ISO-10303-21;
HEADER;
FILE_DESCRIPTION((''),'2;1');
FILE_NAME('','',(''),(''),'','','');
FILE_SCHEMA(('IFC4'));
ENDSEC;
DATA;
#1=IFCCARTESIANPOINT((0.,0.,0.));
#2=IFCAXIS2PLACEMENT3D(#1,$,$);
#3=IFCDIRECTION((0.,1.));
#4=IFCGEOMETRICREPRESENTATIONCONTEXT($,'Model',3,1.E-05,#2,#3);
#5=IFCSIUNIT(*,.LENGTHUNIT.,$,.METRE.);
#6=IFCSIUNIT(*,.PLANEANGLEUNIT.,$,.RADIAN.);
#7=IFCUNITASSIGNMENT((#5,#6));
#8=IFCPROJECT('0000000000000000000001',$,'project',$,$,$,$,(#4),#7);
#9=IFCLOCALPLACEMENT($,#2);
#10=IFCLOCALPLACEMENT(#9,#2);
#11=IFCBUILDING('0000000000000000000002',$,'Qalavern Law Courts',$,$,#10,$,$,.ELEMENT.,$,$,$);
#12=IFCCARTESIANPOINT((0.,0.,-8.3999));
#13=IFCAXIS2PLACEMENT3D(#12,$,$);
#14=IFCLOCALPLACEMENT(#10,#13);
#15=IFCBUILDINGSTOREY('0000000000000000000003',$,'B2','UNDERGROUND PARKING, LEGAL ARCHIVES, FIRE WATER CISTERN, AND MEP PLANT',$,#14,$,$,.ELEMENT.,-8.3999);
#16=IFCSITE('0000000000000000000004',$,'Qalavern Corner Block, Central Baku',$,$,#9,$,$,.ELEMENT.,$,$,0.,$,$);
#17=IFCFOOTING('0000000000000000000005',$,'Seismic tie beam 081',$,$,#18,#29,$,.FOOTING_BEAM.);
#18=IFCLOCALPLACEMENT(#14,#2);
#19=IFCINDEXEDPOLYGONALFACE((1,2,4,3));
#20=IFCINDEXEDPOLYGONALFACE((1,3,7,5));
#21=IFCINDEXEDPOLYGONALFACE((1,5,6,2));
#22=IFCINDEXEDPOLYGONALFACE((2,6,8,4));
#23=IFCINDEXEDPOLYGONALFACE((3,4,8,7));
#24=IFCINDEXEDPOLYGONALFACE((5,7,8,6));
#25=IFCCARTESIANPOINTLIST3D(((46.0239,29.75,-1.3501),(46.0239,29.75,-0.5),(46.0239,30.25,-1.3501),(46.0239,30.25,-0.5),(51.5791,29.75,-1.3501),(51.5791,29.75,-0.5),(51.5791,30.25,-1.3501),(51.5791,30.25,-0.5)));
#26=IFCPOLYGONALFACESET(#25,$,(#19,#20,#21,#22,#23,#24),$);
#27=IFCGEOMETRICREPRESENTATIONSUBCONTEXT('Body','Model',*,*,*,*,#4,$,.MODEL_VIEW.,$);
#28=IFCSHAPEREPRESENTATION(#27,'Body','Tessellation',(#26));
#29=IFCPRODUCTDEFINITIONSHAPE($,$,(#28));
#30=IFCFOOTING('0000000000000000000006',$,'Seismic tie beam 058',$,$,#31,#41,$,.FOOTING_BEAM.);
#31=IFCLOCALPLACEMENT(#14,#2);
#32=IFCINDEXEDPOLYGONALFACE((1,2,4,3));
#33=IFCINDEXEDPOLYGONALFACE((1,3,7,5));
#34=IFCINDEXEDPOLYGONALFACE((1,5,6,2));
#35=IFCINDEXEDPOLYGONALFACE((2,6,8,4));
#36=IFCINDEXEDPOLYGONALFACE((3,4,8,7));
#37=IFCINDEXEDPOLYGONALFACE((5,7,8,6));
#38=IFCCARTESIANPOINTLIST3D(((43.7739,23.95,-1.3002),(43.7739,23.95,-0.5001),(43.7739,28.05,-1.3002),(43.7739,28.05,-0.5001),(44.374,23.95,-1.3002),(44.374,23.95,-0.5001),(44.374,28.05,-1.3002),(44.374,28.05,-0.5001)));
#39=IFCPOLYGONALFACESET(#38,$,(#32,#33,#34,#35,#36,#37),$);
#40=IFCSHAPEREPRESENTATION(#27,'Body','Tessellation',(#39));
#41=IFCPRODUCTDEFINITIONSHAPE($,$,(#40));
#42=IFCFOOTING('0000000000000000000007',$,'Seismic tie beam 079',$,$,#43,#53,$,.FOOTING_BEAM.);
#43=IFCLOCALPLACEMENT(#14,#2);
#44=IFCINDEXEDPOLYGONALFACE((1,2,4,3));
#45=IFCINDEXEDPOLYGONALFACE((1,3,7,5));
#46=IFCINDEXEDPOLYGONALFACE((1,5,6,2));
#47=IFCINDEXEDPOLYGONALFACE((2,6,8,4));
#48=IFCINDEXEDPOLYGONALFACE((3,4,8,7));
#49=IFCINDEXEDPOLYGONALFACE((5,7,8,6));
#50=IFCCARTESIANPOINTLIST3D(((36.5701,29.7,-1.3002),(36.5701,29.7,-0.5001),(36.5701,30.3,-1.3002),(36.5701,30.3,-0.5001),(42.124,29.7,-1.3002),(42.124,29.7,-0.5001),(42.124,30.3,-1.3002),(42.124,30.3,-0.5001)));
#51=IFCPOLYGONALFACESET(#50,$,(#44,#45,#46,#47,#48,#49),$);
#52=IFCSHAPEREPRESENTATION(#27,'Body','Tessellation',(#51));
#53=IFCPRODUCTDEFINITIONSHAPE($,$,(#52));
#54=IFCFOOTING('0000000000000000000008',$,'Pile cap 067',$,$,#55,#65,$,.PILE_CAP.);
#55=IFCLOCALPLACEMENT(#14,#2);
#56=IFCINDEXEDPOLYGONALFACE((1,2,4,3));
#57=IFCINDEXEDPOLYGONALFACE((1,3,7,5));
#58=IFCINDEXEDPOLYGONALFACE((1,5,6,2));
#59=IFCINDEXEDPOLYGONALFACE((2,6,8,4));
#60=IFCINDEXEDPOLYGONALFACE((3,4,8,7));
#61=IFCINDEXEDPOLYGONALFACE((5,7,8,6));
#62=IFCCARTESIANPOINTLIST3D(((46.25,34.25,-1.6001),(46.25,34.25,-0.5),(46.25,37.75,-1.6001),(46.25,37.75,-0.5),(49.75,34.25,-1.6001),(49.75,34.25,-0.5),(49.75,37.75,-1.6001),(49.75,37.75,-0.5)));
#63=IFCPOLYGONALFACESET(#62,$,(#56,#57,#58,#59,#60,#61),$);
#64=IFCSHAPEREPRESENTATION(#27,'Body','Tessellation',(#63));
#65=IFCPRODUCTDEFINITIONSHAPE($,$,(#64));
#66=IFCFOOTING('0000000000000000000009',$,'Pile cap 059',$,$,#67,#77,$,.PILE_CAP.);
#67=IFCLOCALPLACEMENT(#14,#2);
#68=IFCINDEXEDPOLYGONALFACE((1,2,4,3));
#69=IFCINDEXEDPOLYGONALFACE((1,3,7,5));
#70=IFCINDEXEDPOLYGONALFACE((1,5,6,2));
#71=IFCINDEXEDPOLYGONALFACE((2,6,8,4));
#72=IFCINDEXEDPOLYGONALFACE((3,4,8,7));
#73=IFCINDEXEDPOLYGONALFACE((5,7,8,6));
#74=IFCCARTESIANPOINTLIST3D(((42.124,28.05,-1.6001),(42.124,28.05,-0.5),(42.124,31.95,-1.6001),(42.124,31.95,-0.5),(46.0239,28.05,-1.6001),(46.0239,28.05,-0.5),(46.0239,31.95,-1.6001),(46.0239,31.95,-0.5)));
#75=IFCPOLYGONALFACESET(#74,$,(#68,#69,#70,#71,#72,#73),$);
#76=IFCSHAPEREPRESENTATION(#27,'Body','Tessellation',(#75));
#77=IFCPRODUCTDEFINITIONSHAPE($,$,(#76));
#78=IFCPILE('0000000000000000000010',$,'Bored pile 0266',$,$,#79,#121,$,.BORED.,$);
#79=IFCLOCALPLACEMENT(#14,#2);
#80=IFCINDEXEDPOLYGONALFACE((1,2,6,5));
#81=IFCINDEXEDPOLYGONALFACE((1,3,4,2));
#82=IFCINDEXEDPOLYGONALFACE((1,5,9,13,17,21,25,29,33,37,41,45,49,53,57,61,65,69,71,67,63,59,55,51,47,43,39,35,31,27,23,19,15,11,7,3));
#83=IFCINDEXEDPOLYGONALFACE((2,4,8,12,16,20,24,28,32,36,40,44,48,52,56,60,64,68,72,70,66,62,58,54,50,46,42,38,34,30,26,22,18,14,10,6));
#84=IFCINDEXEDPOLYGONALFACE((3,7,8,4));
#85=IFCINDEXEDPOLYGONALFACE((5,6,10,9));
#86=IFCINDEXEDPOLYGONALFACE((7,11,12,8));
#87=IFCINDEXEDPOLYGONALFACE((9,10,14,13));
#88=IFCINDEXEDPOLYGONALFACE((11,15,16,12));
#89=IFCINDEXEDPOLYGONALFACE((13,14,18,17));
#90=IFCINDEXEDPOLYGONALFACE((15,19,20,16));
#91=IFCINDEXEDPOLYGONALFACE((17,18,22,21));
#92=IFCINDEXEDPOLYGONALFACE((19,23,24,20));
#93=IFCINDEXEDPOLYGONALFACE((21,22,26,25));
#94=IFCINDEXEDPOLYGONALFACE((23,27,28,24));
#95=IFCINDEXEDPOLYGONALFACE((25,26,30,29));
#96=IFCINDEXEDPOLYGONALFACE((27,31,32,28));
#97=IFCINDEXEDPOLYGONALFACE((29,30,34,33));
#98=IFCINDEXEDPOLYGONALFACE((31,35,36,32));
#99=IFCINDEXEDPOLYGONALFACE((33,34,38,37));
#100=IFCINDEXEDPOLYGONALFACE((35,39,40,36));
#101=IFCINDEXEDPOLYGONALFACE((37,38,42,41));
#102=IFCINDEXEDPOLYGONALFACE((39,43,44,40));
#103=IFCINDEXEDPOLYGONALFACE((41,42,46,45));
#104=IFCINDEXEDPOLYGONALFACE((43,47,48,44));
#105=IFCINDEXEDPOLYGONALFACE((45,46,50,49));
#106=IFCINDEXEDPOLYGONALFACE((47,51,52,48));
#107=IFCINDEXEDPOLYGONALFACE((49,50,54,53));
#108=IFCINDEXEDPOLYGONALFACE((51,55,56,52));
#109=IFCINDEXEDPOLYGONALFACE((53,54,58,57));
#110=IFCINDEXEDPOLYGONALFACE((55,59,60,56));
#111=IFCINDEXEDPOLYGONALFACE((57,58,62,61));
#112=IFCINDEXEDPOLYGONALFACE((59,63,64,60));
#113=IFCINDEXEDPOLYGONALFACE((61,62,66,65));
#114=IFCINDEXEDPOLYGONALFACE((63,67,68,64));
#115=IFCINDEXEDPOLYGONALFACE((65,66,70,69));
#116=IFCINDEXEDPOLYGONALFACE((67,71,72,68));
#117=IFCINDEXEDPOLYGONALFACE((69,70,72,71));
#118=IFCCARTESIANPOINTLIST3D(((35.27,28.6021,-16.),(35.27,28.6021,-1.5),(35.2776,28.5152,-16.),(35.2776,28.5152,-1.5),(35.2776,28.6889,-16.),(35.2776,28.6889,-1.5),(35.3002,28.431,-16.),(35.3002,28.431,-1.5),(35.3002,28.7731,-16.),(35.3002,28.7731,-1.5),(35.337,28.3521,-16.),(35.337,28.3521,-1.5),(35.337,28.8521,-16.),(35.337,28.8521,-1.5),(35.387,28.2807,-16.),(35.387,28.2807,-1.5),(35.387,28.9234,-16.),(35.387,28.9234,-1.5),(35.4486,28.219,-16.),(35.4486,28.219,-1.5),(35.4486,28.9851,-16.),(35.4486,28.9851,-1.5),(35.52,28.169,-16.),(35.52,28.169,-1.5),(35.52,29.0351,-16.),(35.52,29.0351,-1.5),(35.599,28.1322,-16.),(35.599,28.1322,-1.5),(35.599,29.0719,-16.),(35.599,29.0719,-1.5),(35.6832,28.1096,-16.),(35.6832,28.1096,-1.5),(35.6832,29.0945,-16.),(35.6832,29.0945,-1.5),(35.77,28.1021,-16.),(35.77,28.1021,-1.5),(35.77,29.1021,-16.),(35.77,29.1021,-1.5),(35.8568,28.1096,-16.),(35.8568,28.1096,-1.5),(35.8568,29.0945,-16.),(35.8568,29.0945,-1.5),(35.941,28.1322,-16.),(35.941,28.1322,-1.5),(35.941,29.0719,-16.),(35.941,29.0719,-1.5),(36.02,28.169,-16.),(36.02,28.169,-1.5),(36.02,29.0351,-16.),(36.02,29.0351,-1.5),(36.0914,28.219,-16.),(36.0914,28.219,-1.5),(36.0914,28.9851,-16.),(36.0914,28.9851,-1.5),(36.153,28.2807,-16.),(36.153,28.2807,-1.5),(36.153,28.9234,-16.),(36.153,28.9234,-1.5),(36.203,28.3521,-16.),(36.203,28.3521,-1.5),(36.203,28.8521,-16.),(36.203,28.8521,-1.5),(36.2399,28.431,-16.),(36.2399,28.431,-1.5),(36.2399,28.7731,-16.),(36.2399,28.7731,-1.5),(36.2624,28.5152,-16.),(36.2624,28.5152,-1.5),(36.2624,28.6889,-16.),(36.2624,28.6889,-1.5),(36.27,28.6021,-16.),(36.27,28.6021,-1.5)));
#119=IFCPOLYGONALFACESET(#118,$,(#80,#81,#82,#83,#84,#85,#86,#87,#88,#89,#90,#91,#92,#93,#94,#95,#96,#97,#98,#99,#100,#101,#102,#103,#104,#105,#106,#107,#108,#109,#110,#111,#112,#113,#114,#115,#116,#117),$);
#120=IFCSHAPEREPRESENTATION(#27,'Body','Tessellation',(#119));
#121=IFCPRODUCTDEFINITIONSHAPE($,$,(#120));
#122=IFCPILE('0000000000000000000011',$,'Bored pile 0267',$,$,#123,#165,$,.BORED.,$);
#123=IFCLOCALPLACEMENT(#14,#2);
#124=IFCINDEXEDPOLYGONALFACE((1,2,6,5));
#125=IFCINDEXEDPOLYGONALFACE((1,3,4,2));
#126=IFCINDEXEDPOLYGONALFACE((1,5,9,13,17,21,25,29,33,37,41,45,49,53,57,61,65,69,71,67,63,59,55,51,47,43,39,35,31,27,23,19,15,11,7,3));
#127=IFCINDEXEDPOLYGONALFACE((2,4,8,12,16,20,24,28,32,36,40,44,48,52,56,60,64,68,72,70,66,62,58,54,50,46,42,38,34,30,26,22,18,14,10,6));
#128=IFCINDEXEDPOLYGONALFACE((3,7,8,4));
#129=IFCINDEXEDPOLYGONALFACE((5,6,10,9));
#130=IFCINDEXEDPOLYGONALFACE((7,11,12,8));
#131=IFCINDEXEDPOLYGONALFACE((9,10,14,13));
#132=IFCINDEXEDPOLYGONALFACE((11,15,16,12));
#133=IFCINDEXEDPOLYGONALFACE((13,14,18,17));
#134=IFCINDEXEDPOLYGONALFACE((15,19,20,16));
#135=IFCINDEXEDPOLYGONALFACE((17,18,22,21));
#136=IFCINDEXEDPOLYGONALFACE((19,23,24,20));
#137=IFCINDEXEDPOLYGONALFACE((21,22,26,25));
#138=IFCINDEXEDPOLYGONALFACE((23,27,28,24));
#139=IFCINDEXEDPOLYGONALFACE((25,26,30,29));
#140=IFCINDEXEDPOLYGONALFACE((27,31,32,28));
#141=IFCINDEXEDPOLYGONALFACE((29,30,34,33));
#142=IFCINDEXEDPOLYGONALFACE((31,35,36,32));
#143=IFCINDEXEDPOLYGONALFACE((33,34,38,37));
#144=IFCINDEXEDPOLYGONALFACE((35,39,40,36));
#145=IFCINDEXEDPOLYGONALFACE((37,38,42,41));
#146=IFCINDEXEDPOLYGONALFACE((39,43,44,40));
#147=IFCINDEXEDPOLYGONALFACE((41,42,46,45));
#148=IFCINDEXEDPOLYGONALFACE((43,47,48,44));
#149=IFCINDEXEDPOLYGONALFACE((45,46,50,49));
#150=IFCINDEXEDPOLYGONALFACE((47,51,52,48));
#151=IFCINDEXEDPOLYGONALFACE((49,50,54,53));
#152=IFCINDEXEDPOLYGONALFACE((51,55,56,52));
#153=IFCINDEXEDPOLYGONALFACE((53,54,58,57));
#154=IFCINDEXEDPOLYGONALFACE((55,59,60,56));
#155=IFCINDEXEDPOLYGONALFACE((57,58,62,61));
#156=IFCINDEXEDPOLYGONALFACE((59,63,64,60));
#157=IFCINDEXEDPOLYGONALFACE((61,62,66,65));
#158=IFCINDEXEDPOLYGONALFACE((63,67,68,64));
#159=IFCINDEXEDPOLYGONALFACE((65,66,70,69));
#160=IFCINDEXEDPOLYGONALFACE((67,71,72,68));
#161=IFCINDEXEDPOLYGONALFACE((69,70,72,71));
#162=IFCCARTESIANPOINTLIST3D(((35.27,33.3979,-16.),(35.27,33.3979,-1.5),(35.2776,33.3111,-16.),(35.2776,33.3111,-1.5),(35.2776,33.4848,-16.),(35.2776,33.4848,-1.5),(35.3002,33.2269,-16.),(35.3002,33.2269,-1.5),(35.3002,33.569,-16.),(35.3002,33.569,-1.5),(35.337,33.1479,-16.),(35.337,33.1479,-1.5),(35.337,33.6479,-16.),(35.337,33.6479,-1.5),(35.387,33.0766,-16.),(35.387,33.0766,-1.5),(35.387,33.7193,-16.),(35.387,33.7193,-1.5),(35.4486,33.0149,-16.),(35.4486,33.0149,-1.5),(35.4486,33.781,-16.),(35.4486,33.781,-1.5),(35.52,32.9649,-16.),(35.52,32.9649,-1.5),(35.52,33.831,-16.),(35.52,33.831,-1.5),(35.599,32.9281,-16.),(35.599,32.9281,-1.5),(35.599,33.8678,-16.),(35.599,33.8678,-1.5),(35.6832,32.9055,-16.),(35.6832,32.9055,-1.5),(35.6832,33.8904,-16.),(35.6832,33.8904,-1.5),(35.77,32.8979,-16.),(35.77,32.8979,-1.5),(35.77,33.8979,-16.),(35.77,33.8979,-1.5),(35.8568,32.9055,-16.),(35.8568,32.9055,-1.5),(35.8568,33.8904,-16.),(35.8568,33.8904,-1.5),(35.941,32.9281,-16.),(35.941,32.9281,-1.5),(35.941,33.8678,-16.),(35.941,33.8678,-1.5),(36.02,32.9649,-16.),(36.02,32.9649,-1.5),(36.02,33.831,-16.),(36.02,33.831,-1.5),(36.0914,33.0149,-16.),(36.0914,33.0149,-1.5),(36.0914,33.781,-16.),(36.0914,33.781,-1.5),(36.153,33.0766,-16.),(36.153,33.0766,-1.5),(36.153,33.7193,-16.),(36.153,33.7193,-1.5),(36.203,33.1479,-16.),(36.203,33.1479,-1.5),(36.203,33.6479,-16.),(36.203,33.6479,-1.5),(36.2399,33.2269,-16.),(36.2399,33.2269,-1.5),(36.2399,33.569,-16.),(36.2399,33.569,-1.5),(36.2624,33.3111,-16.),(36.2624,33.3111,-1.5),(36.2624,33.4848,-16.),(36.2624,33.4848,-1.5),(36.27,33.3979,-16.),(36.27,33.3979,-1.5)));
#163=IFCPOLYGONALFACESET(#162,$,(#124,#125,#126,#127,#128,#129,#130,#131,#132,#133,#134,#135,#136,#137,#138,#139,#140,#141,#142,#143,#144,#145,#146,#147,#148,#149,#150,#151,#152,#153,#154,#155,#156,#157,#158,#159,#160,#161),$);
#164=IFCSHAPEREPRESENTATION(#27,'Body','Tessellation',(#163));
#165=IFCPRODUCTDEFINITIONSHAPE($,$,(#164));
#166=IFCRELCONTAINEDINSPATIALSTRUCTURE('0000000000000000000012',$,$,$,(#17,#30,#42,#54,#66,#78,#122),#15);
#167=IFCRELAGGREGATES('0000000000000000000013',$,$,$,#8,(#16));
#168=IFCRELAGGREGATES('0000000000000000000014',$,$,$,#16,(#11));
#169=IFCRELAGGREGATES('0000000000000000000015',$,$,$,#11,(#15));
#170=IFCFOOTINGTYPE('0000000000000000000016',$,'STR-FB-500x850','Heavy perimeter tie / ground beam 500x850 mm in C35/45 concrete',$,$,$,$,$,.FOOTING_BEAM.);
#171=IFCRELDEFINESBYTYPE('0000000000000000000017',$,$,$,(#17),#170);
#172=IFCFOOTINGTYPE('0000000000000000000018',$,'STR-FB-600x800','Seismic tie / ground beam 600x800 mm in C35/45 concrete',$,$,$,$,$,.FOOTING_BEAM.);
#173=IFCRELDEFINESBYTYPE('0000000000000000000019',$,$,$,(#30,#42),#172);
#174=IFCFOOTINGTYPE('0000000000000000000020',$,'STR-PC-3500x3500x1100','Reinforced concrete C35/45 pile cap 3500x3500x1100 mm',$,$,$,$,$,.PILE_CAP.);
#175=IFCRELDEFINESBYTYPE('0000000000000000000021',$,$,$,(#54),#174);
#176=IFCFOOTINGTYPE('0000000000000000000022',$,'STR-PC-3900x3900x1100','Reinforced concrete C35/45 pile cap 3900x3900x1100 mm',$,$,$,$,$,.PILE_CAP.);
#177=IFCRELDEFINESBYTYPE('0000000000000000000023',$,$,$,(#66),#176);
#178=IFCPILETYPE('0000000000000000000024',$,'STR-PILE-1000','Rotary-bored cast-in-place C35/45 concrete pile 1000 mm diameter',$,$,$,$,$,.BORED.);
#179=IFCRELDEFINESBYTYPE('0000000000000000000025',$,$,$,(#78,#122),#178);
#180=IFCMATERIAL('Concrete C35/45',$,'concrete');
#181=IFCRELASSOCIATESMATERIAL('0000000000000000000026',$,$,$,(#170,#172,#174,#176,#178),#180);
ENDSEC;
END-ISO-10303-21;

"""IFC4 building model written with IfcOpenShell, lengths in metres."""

from ifc_helpers import new_model, si_unit, direction, frame, origin, origin_2d, place, context, subcontext, project, spatial, rectangle, circle, extrude, material, material_profile, profile_set, type_object, element, save


model = new_model("IFC4")

# Units and contexts
model_context = context("Model", 3, precision=1e-05, world=origin(), true_north=direction((0.0, 1.0)))
body_context = subcontext(model_context, "Body", "Model", "MODEL_VIEW")
ifc_project = project(units=[si_unit("LENGTHUNIT", "METRE"), si_unit("PLANEANGLEUNIT", "RADIAN")], contexts=[model_context])

# Site, building, storey
site_placement = place(None, origin())
site = spatial("IfcSite", under=ifc_project, at=site_placement, Name="Qalavern Corner Block, Central Baku", CompositionType="ELEMENT", RefElevation=0.0)
building_placement = place(site_placement, origin())
building = spatial("IfcBuilding", under=site, at=building_placement, Name="Qalavern Law Courts", CompositionType="ELEMENT")
storey_placement = place(building_placement, frame((0.0, 0.0, -8.3999)))
storey = spatial("IfcBuildingStorey", under=building, at=storey_placement, Name="B2", Description="UNDERGROUND PARKING, LEGAL ARCHIVES, FIRE WATER CISTERN, AND MEP PLANT", CompositionType="ELEMENT", Elevation=-8.3999)

# Footings
ifc_material_1 = material(Name="Concrete C35/45", Category="concrete")
ifc_material_profile_1 = material_profile(ifc_material_1, rectangle(XDim=0.5, YDim=0.8501, at=origin_2d()), Name="RC 500x850")
ifc_profile_set_1 = profile_set([ifc_material_profile_1], Name="Concrete C35/45")
footing_type_1 = type_object("IfcFootingType", Name="STR-FB-500x850", Description="Heavy perimeter tie / ground beam 500x850 mm in C35/45 concrete", PredefinedType="FOOTING_BEAM", material=ifc_profile_set_1)
footing_1_placement = place(storey_placement, frame((46.0239, 30.0, -0.925), z_axis=(1.0, 0.0, 0.0), x_axis=(0.0, 1.0, 0.0)))
element("IfcFooting", 1, at=footing_1_placement, inside=storey, type_object=footing_type_1, Name="Seismic tie beam 081", PredefinedType="FOOTING_BEAM", context=body_context, shape_type="SweptSolid", body=[
    extrude(rectangle(XDim=0.5, YDim=0.8501, at=origin_2d()), origin(), (0.0, 0.0, 1.0), 5.5552),
])
ifc_material_profile_2 = material_profile(ifc_material_1, rectangle(XDim=0.6001, YDim=0.8, at=origin_2d()), Name="RC 600x800")
ifc_profile_set_2 = profile_set([ifc_material_profile_2], Name="Concrete C35/45")
footing_type_2 = type_object("IfcFootingType", Name="STR-FB-600x800", Description="Seismic tie / ground beam 600x800 mm in C35/45 concrete", PredefinedType="FOOTING_BEAM", material=ifc_profile_set_2)
footing_2_placement = place(storey_placement, frame((44.074, 23.95, -0.9001), z_axis=(0.0, 1.0, 0.0), x_axis=(-1.0, 0.0, 0.0)))
element("IfcFooting", 2, at=footing_2_placement, inside=storey, type_object=footing_type_2, Name="Seismic tie beam 058", PredefinedType="FOOTING_BEAM", context=body_context, shape_type="SweptSolid", body=[
    extrude(rectangle(XDim=0.6001, YDim=0.8, at=origin_2d()), origin(), (0.0, 0.0, 1.0), 4.1001),
])
footing_3_placement = place(storey_placement, frame((36.5701, 30.0, -0.9001), z_axis=(1.0, 0.0, 0.0), x_axis=(0.0, 1.0, 0.0)))
element("IfcFooting", 3, at=footing_3_placement, inside=storey, type_object=footing_type_2, Name="Seismic tie beam 079", PredefinedType="FOOTING_BEAM", context=body_context, shape_type="SweptSolid", body=[
    extrude(rectangle(XDim=0.6001, YDim=0.8, at=origin_2d()), origin(), (0.0, 0.0, 1.0), 5.554),
])
footing_type_3 = type_object("IfcFootingType", Name="STR-PC-3500x3500x1100", Description="Reinforced concrete C35/45 pile cap 3500x3500x1100 mm", PredefinedType="PILE_CAP", material=ifc_material_1)
footing_4_placement = place(storey_placement, frame((48.0, 36.0, -1.6001), z_axis=(0.0, 0.0, 1.0), x_axis=(1.0, 0.0, 0.0)))
element("IfcFooting", 4, at=footing_4_placement, inside=storey, type_object=footing_type_3, Name="Pile cap 067", PredefinedType="PILE_CAP", context=body_context, shape_type="SweptSolid", body=[
    extrude(rectangle(XDim=3.5, YDim=3.5, at=origin_2d()), origin(), (0.0, 0.0, 1.0), 1.1001),
])
footing_type_4 = type_object("IfcFootingType", Name="STR-PC-3900x3900x1100", Description="Reinforced concrete C35/45 pile cap 3900x3900x1100 mm", PredefinedType="PILE_CAP", material=ifc_material_1)
footing_5_placement = place(storey_placement, frame((44.074, 30.0, -1.6001), z_axis=(0.0, 0.0, 1.0), x_axis=(1.0, 0.0, 0.0)))
element("IfcFooting", 5, at=footing_5_placement, inside=storey, type_object=footing_type_4, Name="Pile cap 059", PredefinedType="PILE_CAP", context=body_context, shape_type="SweptSolid", body=[
    extrude(rectangle(XDim=3.8999, YDim=3.8999, at=origin_2d()), origin(), (0.0, 0.0, 1.0), 1.1001),
])

# Piles
ifc_material_profile_3 = material_profile(ifc_material_1, circle(Radius=0.5, at=origin_2d()), Name="BORED PILE 1000")
ifc_profile_set_3 = profile_set([ifc_material_profile_3], Name="Concrete C35/45")
pile_type_1 = type_object("IfcPileType", Name="STR-PILE-1000", Description="Rotary-bored cast-in-place C35/45 concrete pile 1000 mm diameter", PredefinedType="BORED", material=ifc_profile_set_3)
for number, where, z_axis, x_axis, name in (
    (6, (35.77, 28.6021, -1.5), (0.0, 0.0, -1.0), (1.0, 0.0, 0.0), "Bored pile 0266"),
    (7, (35.77, 33.3979, -1.5), (0.0, 0.0, -1.0), (1.0, 0.0, 0.0), "Bored pile 0267"),
):
    element("IfcPile", number, at=place(storey_placement, frame(where, z_axis=z_axis, x_axis=x_axis)), inside=storey, type_object=pile_type_1, Name=name, PredefinedType="BORED", context=body_context, shape_type="SweptSolid", body=[
        extrude(circle(Radius=0.5, at=origin_2d()), origin(), (0.0, 0.0, 1.0), 14.5),
    ])

save(model, "model.ifc")
